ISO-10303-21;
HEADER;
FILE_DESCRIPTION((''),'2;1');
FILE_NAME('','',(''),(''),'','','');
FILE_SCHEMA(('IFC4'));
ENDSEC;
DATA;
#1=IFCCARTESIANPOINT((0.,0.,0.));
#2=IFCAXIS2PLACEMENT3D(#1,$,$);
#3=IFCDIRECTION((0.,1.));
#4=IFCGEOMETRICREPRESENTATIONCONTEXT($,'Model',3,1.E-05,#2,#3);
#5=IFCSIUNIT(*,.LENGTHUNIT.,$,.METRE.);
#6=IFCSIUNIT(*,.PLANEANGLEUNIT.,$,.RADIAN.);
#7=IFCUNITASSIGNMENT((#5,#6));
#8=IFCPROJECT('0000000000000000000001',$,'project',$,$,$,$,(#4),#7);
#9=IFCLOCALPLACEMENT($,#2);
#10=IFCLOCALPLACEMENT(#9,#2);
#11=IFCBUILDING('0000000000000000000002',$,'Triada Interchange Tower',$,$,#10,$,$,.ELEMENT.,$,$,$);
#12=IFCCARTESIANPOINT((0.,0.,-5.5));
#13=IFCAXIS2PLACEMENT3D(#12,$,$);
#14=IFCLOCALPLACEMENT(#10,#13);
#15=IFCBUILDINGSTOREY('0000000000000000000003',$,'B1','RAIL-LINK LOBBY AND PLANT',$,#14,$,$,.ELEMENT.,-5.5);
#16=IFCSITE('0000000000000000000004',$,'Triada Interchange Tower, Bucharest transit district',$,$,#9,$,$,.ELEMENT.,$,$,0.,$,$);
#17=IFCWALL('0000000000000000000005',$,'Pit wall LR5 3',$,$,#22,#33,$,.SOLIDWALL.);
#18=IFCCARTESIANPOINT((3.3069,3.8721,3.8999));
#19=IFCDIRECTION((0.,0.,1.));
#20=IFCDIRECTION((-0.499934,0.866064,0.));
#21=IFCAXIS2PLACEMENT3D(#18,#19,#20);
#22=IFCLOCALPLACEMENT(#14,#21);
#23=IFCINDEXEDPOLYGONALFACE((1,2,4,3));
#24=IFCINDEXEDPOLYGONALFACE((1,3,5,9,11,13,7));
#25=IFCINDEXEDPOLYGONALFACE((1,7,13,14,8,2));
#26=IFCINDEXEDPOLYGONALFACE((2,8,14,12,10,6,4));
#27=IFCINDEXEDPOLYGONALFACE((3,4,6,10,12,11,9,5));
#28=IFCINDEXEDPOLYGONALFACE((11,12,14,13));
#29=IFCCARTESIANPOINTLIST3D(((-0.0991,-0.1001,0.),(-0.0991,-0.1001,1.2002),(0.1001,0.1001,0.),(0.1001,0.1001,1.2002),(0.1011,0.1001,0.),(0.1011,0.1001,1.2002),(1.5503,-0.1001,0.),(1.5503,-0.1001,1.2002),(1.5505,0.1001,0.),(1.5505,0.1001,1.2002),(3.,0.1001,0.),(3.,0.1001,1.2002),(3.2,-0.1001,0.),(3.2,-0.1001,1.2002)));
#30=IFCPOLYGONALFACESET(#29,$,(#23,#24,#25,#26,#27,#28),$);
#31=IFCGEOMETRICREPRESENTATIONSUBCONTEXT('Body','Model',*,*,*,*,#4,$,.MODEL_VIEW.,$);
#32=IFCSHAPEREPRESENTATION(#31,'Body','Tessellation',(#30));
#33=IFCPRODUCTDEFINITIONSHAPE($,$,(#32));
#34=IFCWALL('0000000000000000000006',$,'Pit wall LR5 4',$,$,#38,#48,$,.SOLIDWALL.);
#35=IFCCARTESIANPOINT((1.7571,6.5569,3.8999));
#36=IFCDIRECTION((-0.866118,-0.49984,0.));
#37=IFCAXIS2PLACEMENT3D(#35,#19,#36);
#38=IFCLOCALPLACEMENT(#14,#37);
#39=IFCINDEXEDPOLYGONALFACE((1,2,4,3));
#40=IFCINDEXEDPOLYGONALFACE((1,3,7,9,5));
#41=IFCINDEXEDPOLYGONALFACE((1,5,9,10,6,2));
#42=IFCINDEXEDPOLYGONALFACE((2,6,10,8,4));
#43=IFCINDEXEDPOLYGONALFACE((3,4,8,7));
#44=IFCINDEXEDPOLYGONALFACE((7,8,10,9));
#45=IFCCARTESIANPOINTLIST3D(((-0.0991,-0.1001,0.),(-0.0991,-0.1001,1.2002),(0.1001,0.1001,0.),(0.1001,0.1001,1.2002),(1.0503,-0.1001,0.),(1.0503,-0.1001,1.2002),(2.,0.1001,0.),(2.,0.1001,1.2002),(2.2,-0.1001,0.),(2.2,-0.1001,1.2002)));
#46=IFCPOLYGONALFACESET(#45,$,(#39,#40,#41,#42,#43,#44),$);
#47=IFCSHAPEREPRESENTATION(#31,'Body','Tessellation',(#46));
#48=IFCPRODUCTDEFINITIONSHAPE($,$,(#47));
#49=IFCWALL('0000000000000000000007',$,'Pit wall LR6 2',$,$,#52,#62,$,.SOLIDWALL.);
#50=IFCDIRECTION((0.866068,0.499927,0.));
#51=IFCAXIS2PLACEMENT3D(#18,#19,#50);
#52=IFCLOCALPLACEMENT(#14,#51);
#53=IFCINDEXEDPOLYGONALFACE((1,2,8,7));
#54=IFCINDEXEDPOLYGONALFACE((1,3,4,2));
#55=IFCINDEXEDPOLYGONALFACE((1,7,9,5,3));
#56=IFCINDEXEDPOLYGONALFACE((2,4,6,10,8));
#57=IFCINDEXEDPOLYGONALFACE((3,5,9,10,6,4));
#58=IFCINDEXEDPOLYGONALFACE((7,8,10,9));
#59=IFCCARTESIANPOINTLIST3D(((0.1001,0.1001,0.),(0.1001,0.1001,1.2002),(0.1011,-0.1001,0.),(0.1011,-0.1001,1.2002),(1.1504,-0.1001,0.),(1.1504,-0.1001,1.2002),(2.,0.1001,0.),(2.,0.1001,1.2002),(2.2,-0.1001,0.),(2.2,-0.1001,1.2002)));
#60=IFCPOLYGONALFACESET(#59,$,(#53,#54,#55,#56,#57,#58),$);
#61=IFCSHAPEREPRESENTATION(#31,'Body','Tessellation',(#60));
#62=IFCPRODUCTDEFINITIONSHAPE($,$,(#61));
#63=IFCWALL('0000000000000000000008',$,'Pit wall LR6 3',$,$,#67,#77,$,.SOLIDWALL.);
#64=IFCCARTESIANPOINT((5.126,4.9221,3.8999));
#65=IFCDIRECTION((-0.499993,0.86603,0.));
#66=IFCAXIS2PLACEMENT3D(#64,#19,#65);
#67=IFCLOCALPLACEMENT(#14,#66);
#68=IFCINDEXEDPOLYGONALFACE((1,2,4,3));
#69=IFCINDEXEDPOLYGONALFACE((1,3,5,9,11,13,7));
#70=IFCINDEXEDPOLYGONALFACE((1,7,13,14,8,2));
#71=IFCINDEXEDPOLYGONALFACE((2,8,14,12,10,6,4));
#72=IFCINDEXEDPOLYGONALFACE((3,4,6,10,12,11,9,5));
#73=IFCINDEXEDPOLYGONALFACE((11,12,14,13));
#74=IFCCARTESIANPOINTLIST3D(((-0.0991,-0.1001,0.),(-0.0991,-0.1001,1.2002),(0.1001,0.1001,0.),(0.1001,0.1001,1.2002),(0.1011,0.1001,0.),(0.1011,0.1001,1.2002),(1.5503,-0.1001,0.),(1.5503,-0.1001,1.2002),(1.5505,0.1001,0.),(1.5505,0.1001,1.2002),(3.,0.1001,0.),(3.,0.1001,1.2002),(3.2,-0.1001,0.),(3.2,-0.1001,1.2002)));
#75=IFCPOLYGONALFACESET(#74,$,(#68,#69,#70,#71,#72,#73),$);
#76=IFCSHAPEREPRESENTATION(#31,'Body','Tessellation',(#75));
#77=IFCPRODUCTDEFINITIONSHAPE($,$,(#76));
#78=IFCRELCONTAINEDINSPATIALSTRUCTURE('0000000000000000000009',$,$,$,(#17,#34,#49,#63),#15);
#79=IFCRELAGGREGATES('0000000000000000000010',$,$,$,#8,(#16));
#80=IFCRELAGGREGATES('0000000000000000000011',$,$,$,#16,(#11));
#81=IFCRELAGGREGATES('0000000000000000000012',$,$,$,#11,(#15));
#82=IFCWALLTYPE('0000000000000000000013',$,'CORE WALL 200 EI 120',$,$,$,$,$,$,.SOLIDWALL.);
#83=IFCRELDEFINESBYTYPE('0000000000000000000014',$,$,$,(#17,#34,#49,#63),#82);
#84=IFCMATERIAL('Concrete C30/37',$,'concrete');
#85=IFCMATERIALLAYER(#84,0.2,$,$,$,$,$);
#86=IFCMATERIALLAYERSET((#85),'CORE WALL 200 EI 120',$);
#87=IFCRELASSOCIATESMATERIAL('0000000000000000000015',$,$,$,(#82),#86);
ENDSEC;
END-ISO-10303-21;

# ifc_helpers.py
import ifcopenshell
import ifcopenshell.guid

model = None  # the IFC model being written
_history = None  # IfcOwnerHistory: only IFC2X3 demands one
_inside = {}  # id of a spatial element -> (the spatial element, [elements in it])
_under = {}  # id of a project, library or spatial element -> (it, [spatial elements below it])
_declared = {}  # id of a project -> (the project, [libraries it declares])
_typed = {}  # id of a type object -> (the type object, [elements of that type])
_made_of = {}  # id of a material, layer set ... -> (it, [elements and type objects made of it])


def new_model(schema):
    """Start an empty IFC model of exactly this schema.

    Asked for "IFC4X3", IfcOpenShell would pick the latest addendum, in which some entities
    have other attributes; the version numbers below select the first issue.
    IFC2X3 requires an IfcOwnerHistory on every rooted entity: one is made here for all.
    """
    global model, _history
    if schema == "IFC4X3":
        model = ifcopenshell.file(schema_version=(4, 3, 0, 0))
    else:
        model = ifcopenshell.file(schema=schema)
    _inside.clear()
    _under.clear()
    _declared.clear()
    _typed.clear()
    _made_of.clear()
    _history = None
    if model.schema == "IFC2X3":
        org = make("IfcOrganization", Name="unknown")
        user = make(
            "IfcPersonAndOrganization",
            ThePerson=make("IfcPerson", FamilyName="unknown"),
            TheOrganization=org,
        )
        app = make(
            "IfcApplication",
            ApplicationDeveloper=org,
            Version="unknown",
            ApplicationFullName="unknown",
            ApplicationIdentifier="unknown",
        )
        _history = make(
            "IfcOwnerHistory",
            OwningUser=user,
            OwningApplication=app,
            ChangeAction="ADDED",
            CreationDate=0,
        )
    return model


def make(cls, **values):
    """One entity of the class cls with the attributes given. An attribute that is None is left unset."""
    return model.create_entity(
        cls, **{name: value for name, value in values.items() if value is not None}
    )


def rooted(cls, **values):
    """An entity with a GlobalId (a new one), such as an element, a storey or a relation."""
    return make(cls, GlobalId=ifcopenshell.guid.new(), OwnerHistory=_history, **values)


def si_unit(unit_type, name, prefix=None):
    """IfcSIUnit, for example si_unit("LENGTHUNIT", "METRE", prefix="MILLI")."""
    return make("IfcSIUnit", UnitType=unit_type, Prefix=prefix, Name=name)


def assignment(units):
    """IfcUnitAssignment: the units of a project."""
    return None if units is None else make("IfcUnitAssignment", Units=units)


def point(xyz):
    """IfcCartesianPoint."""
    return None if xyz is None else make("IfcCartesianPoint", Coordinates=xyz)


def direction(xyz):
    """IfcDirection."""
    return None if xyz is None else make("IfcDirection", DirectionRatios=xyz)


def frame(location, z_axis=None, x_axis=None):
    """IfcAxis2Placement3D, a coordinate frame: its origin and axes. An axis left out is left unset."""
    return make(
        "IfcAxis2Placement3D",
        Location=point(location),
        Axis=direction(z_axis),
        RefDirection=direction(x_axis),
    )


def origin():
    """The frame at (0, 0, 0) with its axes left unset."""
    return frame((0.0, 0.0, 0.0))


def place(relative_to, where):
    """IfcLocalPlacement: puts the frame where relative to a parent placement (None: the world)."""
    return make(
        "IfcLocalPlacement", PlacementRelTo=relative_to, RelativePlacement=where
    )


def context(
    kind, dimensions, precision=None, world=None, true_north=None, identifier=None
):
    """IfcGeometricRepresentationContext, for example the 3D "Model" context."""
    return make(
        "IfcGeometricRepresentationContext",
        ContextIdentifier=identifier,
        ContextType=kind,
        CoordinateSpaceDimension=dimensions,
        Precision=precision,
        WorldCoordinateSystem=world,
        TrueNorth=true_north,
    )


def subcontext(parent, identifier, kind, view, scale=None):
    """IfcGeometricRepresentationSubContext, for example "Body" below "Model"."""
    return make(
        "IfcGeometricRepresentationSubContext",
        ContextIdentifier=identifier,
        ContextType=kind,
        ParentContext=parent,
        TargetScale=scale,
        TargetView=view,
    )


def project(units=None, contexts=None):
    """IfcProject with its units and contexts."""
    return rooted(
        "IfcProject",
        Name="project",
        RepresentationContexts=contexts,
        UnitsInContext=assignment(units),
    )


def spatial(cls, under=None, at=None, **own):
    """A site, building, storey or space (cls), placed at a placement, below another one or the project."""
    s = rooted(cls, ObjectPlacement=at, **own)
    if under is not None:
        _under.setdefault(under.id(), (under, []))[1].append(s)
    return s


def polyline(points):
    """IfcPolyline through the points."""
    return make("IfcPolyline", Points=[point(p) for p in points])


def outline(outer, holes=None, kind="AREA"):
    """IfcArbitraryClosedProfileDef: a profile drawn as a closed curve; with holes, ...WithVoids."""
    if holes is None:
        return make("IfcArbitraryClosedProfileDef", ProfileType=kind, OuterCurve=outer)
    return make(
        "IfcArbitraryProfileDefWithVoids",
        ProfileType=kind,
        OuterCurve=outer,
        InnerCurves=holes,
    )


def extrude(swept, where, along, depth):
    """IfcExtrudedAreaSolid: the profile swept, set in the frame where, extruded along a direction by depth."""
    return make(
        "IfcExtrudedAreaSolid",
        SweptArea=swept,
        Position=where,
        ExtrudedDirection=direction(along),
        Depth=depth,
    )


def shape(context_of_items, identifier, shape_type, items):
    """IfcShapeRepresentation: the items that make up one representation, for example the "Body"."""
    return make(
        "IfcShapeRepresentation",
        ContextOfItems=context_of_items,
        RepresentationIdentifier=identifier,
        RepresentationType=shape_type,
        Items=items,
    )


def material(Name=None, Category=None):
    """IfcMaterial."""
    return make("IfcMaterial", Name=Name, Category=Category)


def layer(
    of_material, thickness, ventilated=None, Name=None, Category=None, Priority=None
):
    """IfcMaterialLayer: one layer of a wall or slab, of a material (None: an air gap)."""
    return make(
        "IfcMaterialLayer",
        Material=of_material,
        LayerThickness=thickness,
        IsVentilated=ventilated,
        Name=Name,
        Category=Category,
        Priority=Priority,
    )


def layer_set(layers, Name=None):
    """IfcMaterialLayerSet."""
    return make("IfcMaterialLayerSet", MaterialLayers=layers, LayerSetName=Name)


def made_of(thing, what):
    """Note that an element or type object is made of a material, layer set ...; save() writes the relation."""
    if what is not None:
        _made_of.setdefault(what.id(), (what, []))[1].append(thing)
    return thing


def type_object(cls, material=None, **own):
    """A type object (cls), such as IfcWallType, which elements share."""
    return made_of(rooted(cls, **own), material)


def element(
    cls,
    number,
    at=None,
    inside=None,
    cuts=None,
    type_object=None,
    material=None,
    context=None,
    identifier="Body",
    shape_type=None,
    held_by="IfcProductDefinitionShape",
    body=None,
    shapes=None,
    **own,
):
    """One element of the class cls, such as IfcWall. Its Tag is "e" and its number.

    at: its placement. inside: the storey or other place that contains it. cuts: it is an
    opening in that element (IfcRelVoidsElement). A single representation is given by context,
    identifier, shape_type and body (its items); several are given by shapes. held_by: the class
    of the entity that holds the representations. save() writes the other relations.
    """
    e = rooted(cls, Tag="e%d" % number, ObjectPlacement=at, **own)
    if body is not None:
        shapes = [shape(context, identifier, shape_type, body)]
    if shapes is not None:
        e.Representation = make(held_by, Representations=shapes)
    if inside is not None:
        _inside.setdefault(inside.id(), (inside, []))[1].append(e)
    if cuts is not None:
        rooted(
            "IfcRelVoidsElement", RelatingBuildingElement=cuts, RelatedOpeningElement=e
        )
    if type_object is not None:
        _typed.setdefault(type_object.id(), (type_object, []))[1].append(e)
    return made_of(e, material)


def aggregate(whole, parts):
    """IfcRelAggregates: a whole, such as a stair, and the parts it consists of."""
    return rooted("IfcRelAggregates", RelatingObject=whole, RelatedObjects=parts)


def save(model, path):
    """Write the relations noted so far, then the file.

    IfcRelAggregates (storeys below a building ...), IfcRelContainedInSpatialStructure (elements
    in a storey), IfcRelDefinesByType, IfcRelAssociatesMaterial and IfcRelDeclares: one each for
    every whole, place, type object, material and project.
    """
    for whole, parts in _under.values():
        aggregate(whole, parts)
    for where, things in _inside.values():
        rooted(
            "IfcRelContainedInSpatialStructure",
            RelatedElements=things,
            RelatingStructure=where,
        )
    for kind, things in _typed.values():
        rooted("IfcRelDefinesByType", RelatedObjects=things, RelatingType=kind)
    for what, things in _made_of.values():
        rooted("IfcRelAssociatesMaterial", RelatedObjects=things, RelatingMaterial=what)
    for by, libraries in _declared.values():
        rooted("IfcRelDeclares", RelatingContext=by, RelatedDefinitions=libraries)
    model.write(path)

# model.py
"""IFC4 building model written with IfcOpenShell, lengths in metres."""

from ifc_helpers import new_model, si_unit, direction, frame, origin, place, context, subcontext, project, spatial, polyline, outline, extrude, material, layer, layer_set, type_object, element, save


model = new_model("IFC4")

# Units and contexts
model_context = context("Model", 3, precision=1e-05, world=origin(), true_north=direction((0.0, 1.0)))
body_context = subcontext(model_context, "Body", "Model", "MODEL_VIEW")
ifc_project = project(units=[si_unit("LENGTHUNIT", "METRE"), si_unit("PLANEANGLEUNIT", "RADIAN")], contexts=[model_context])

# Site, building, storey
site_placement = place(None, origin())
site = spatial("IfcSite", under=ifc_project, at=site_placement, Name="Triada Interchange Tower, Bucharest transit district", CompositionType="ELEMENT", RefElevation=0.0)
building_placement = place(site_placement, origin())
building = spatial("IfcBuilding", under=site, at=building_placement, Name="Triada Interchange Tower", CompositionType="ELEMENT")
storey_placement = place(building_placement, frame((0.0, 0.0, -5.5)))
storey = spatial("IfcBuildingStorey", under=building, at=storey_placement, Name="B1", Description="RAIL-LINK LOBBY AND PLANT", CompositionType="ELEMENT", Elevation=-5.5)

# Shared definitions
ifc_material_1 = material(Name="Concrete C30/37", Category="concrete")

# Shared definitions
ifc_layer_1 = layer(ifc_material_1, 0.2)
ifc_layer_set_1 = layer_set([ifc_layer_1], Name="CORE WALL 200 EI 120")
wall_type_1 = type_object("IfcWallType", Name="CORE WALL 200 EI 120", PredefinedType="SOLIDWALL", material=ifc_layer_set_1)

# Walls
wall_1_placement = place(storey_placement, frame((3.3069, 3.8721, 3.8999), z_axis=(0.0, 0.0, 1.0), x_axis=(-0.499934, 0.866064, 0.0)))
element("IfcWall", 1, at=wall_1_placement, inside=storey, type_object=wall_type_1, Name="Pit wall LR5 3", PredefinedType="SOLIDWALL", context=body_context, shape_type="SweptSolid", body=[
    extrude(outline(polyline([(3.0, 0.1001), (3.2, -0.1001), (1.5503, -0.1001), (-0.0991, -0.1001), (0.1001, 0.1001), (0.1001, 0.1001), (0.1001, 0.1001), (0.1001, 0.1001), (0.1001, 0.1001), (0.1001, 0.1001), (0.1001, 0.1001), (0.1011, 0.1001), (0.1011, 0.1001), (0.1011, 0.1001), (1.5505, 0.1001), (3.0, 0.1001)])), origin(), (0.0, 0.0, 1.0), 1.2002),
])
wall_2_placement = place(storey_placement, frame((1.7571, 6.5569, 3.8999), z_axis=(0.0, 0.0, 1.0), x_axis=(-0.866118, -0.49984, 0.0)))
element("IfcWall", 2, at=wall_2_placement, inside=storey, type_object=wall_type_1, Name="Pit wall LR5 4", PredefinedType="SOLIDWALL", context=body_context, shape_type="SweptSolid", body=[
    extrude(outline(polyline([(2.0, 0.1001), (2.0, 0.1001), (2.0, 0.1001), (2.0, 0.1001), (2.0, 0.1001), (2.0, 0.1001), (2.0, 0.1001), (2.0, 0.1001), (2.0, 0.1001), (2.0, 0.1001), (2.2, -0.1001), (1.0503, -0.1001), (-0.0991, -0.1001), (0.1001, 0.1001), (0.1001, 0.1001), (0.1001, 0.1001), (0.1001, 0.1001), (0.1001, 0.1001), (0.1001, 0.1001), (0.1001, 0.1001), (0.1001, 0.1001), (0.1001, 0.1001), (2.0, 0.1001)])), origin(), (0.0, 0.0, 1.0), 1.2002),
])
wall_3_placement = place(storey_placement, frame((3.3069, 3.8721, 3.8999), z_axis=(0.0, 0.0, 1.0), x_axis=(0.866068, 0.499927, 0.0)))
element("IfcWall", 3, at=wall_3_placement, inside=storey, type_object=wall_type_1, Name="Pit wall LR6 2", PredefinedType="SOLIDWALL", context=body_context, shape_type="SweptSolid", body=[
    extrude(outline(polyline([(2.0, 0.1001), (2.2, -0.1001), (1.1504, -0.1001), (0.1011, -0.1001), (0.1011, -0.1001), (0.1001, 0.1001), (2.0, 0.1001)])), origin(), (0.0, 0.0, 1.0), 1.2002),
])
wall_4_placement = place(storey_placement, frame((5.126, 4.9221, 3.8999), z_axis=(0.0, 0.0, 1.0), x_axis=(-0.499993, 0.86603, 0.0)))
element("IfcWall", 4, at=wall_4_placement, inside=storey, type_object=wall_type_1, Name="Pit wall LR6 3", PredefinedType="SOLIDWALL", context=body_context, shape_type="SweptSolid", body=[
    extrude(outline(polyline([(3.0, 0.1001), (3.2, -0.1001), (1.5503, -0.1001), (-0.0991, -0.1001), (0.1001, 0.1001), (0.1001, 0.1001), (0.1001, 0.1001), (0.1001, 0.1001), (0.1001, 0.1001), (0.1001, 0.1001), (0.1001, 0.1001), (0.1011, 0.1001), (0.1011, 0.1001), (0.1011, 0.1001), (1.5505, 0.1001), (3.0, 0.1001)])), origin(), (0.0, 0.0, 1.0), 1.2002),
])

save(model, "model.ifc")
